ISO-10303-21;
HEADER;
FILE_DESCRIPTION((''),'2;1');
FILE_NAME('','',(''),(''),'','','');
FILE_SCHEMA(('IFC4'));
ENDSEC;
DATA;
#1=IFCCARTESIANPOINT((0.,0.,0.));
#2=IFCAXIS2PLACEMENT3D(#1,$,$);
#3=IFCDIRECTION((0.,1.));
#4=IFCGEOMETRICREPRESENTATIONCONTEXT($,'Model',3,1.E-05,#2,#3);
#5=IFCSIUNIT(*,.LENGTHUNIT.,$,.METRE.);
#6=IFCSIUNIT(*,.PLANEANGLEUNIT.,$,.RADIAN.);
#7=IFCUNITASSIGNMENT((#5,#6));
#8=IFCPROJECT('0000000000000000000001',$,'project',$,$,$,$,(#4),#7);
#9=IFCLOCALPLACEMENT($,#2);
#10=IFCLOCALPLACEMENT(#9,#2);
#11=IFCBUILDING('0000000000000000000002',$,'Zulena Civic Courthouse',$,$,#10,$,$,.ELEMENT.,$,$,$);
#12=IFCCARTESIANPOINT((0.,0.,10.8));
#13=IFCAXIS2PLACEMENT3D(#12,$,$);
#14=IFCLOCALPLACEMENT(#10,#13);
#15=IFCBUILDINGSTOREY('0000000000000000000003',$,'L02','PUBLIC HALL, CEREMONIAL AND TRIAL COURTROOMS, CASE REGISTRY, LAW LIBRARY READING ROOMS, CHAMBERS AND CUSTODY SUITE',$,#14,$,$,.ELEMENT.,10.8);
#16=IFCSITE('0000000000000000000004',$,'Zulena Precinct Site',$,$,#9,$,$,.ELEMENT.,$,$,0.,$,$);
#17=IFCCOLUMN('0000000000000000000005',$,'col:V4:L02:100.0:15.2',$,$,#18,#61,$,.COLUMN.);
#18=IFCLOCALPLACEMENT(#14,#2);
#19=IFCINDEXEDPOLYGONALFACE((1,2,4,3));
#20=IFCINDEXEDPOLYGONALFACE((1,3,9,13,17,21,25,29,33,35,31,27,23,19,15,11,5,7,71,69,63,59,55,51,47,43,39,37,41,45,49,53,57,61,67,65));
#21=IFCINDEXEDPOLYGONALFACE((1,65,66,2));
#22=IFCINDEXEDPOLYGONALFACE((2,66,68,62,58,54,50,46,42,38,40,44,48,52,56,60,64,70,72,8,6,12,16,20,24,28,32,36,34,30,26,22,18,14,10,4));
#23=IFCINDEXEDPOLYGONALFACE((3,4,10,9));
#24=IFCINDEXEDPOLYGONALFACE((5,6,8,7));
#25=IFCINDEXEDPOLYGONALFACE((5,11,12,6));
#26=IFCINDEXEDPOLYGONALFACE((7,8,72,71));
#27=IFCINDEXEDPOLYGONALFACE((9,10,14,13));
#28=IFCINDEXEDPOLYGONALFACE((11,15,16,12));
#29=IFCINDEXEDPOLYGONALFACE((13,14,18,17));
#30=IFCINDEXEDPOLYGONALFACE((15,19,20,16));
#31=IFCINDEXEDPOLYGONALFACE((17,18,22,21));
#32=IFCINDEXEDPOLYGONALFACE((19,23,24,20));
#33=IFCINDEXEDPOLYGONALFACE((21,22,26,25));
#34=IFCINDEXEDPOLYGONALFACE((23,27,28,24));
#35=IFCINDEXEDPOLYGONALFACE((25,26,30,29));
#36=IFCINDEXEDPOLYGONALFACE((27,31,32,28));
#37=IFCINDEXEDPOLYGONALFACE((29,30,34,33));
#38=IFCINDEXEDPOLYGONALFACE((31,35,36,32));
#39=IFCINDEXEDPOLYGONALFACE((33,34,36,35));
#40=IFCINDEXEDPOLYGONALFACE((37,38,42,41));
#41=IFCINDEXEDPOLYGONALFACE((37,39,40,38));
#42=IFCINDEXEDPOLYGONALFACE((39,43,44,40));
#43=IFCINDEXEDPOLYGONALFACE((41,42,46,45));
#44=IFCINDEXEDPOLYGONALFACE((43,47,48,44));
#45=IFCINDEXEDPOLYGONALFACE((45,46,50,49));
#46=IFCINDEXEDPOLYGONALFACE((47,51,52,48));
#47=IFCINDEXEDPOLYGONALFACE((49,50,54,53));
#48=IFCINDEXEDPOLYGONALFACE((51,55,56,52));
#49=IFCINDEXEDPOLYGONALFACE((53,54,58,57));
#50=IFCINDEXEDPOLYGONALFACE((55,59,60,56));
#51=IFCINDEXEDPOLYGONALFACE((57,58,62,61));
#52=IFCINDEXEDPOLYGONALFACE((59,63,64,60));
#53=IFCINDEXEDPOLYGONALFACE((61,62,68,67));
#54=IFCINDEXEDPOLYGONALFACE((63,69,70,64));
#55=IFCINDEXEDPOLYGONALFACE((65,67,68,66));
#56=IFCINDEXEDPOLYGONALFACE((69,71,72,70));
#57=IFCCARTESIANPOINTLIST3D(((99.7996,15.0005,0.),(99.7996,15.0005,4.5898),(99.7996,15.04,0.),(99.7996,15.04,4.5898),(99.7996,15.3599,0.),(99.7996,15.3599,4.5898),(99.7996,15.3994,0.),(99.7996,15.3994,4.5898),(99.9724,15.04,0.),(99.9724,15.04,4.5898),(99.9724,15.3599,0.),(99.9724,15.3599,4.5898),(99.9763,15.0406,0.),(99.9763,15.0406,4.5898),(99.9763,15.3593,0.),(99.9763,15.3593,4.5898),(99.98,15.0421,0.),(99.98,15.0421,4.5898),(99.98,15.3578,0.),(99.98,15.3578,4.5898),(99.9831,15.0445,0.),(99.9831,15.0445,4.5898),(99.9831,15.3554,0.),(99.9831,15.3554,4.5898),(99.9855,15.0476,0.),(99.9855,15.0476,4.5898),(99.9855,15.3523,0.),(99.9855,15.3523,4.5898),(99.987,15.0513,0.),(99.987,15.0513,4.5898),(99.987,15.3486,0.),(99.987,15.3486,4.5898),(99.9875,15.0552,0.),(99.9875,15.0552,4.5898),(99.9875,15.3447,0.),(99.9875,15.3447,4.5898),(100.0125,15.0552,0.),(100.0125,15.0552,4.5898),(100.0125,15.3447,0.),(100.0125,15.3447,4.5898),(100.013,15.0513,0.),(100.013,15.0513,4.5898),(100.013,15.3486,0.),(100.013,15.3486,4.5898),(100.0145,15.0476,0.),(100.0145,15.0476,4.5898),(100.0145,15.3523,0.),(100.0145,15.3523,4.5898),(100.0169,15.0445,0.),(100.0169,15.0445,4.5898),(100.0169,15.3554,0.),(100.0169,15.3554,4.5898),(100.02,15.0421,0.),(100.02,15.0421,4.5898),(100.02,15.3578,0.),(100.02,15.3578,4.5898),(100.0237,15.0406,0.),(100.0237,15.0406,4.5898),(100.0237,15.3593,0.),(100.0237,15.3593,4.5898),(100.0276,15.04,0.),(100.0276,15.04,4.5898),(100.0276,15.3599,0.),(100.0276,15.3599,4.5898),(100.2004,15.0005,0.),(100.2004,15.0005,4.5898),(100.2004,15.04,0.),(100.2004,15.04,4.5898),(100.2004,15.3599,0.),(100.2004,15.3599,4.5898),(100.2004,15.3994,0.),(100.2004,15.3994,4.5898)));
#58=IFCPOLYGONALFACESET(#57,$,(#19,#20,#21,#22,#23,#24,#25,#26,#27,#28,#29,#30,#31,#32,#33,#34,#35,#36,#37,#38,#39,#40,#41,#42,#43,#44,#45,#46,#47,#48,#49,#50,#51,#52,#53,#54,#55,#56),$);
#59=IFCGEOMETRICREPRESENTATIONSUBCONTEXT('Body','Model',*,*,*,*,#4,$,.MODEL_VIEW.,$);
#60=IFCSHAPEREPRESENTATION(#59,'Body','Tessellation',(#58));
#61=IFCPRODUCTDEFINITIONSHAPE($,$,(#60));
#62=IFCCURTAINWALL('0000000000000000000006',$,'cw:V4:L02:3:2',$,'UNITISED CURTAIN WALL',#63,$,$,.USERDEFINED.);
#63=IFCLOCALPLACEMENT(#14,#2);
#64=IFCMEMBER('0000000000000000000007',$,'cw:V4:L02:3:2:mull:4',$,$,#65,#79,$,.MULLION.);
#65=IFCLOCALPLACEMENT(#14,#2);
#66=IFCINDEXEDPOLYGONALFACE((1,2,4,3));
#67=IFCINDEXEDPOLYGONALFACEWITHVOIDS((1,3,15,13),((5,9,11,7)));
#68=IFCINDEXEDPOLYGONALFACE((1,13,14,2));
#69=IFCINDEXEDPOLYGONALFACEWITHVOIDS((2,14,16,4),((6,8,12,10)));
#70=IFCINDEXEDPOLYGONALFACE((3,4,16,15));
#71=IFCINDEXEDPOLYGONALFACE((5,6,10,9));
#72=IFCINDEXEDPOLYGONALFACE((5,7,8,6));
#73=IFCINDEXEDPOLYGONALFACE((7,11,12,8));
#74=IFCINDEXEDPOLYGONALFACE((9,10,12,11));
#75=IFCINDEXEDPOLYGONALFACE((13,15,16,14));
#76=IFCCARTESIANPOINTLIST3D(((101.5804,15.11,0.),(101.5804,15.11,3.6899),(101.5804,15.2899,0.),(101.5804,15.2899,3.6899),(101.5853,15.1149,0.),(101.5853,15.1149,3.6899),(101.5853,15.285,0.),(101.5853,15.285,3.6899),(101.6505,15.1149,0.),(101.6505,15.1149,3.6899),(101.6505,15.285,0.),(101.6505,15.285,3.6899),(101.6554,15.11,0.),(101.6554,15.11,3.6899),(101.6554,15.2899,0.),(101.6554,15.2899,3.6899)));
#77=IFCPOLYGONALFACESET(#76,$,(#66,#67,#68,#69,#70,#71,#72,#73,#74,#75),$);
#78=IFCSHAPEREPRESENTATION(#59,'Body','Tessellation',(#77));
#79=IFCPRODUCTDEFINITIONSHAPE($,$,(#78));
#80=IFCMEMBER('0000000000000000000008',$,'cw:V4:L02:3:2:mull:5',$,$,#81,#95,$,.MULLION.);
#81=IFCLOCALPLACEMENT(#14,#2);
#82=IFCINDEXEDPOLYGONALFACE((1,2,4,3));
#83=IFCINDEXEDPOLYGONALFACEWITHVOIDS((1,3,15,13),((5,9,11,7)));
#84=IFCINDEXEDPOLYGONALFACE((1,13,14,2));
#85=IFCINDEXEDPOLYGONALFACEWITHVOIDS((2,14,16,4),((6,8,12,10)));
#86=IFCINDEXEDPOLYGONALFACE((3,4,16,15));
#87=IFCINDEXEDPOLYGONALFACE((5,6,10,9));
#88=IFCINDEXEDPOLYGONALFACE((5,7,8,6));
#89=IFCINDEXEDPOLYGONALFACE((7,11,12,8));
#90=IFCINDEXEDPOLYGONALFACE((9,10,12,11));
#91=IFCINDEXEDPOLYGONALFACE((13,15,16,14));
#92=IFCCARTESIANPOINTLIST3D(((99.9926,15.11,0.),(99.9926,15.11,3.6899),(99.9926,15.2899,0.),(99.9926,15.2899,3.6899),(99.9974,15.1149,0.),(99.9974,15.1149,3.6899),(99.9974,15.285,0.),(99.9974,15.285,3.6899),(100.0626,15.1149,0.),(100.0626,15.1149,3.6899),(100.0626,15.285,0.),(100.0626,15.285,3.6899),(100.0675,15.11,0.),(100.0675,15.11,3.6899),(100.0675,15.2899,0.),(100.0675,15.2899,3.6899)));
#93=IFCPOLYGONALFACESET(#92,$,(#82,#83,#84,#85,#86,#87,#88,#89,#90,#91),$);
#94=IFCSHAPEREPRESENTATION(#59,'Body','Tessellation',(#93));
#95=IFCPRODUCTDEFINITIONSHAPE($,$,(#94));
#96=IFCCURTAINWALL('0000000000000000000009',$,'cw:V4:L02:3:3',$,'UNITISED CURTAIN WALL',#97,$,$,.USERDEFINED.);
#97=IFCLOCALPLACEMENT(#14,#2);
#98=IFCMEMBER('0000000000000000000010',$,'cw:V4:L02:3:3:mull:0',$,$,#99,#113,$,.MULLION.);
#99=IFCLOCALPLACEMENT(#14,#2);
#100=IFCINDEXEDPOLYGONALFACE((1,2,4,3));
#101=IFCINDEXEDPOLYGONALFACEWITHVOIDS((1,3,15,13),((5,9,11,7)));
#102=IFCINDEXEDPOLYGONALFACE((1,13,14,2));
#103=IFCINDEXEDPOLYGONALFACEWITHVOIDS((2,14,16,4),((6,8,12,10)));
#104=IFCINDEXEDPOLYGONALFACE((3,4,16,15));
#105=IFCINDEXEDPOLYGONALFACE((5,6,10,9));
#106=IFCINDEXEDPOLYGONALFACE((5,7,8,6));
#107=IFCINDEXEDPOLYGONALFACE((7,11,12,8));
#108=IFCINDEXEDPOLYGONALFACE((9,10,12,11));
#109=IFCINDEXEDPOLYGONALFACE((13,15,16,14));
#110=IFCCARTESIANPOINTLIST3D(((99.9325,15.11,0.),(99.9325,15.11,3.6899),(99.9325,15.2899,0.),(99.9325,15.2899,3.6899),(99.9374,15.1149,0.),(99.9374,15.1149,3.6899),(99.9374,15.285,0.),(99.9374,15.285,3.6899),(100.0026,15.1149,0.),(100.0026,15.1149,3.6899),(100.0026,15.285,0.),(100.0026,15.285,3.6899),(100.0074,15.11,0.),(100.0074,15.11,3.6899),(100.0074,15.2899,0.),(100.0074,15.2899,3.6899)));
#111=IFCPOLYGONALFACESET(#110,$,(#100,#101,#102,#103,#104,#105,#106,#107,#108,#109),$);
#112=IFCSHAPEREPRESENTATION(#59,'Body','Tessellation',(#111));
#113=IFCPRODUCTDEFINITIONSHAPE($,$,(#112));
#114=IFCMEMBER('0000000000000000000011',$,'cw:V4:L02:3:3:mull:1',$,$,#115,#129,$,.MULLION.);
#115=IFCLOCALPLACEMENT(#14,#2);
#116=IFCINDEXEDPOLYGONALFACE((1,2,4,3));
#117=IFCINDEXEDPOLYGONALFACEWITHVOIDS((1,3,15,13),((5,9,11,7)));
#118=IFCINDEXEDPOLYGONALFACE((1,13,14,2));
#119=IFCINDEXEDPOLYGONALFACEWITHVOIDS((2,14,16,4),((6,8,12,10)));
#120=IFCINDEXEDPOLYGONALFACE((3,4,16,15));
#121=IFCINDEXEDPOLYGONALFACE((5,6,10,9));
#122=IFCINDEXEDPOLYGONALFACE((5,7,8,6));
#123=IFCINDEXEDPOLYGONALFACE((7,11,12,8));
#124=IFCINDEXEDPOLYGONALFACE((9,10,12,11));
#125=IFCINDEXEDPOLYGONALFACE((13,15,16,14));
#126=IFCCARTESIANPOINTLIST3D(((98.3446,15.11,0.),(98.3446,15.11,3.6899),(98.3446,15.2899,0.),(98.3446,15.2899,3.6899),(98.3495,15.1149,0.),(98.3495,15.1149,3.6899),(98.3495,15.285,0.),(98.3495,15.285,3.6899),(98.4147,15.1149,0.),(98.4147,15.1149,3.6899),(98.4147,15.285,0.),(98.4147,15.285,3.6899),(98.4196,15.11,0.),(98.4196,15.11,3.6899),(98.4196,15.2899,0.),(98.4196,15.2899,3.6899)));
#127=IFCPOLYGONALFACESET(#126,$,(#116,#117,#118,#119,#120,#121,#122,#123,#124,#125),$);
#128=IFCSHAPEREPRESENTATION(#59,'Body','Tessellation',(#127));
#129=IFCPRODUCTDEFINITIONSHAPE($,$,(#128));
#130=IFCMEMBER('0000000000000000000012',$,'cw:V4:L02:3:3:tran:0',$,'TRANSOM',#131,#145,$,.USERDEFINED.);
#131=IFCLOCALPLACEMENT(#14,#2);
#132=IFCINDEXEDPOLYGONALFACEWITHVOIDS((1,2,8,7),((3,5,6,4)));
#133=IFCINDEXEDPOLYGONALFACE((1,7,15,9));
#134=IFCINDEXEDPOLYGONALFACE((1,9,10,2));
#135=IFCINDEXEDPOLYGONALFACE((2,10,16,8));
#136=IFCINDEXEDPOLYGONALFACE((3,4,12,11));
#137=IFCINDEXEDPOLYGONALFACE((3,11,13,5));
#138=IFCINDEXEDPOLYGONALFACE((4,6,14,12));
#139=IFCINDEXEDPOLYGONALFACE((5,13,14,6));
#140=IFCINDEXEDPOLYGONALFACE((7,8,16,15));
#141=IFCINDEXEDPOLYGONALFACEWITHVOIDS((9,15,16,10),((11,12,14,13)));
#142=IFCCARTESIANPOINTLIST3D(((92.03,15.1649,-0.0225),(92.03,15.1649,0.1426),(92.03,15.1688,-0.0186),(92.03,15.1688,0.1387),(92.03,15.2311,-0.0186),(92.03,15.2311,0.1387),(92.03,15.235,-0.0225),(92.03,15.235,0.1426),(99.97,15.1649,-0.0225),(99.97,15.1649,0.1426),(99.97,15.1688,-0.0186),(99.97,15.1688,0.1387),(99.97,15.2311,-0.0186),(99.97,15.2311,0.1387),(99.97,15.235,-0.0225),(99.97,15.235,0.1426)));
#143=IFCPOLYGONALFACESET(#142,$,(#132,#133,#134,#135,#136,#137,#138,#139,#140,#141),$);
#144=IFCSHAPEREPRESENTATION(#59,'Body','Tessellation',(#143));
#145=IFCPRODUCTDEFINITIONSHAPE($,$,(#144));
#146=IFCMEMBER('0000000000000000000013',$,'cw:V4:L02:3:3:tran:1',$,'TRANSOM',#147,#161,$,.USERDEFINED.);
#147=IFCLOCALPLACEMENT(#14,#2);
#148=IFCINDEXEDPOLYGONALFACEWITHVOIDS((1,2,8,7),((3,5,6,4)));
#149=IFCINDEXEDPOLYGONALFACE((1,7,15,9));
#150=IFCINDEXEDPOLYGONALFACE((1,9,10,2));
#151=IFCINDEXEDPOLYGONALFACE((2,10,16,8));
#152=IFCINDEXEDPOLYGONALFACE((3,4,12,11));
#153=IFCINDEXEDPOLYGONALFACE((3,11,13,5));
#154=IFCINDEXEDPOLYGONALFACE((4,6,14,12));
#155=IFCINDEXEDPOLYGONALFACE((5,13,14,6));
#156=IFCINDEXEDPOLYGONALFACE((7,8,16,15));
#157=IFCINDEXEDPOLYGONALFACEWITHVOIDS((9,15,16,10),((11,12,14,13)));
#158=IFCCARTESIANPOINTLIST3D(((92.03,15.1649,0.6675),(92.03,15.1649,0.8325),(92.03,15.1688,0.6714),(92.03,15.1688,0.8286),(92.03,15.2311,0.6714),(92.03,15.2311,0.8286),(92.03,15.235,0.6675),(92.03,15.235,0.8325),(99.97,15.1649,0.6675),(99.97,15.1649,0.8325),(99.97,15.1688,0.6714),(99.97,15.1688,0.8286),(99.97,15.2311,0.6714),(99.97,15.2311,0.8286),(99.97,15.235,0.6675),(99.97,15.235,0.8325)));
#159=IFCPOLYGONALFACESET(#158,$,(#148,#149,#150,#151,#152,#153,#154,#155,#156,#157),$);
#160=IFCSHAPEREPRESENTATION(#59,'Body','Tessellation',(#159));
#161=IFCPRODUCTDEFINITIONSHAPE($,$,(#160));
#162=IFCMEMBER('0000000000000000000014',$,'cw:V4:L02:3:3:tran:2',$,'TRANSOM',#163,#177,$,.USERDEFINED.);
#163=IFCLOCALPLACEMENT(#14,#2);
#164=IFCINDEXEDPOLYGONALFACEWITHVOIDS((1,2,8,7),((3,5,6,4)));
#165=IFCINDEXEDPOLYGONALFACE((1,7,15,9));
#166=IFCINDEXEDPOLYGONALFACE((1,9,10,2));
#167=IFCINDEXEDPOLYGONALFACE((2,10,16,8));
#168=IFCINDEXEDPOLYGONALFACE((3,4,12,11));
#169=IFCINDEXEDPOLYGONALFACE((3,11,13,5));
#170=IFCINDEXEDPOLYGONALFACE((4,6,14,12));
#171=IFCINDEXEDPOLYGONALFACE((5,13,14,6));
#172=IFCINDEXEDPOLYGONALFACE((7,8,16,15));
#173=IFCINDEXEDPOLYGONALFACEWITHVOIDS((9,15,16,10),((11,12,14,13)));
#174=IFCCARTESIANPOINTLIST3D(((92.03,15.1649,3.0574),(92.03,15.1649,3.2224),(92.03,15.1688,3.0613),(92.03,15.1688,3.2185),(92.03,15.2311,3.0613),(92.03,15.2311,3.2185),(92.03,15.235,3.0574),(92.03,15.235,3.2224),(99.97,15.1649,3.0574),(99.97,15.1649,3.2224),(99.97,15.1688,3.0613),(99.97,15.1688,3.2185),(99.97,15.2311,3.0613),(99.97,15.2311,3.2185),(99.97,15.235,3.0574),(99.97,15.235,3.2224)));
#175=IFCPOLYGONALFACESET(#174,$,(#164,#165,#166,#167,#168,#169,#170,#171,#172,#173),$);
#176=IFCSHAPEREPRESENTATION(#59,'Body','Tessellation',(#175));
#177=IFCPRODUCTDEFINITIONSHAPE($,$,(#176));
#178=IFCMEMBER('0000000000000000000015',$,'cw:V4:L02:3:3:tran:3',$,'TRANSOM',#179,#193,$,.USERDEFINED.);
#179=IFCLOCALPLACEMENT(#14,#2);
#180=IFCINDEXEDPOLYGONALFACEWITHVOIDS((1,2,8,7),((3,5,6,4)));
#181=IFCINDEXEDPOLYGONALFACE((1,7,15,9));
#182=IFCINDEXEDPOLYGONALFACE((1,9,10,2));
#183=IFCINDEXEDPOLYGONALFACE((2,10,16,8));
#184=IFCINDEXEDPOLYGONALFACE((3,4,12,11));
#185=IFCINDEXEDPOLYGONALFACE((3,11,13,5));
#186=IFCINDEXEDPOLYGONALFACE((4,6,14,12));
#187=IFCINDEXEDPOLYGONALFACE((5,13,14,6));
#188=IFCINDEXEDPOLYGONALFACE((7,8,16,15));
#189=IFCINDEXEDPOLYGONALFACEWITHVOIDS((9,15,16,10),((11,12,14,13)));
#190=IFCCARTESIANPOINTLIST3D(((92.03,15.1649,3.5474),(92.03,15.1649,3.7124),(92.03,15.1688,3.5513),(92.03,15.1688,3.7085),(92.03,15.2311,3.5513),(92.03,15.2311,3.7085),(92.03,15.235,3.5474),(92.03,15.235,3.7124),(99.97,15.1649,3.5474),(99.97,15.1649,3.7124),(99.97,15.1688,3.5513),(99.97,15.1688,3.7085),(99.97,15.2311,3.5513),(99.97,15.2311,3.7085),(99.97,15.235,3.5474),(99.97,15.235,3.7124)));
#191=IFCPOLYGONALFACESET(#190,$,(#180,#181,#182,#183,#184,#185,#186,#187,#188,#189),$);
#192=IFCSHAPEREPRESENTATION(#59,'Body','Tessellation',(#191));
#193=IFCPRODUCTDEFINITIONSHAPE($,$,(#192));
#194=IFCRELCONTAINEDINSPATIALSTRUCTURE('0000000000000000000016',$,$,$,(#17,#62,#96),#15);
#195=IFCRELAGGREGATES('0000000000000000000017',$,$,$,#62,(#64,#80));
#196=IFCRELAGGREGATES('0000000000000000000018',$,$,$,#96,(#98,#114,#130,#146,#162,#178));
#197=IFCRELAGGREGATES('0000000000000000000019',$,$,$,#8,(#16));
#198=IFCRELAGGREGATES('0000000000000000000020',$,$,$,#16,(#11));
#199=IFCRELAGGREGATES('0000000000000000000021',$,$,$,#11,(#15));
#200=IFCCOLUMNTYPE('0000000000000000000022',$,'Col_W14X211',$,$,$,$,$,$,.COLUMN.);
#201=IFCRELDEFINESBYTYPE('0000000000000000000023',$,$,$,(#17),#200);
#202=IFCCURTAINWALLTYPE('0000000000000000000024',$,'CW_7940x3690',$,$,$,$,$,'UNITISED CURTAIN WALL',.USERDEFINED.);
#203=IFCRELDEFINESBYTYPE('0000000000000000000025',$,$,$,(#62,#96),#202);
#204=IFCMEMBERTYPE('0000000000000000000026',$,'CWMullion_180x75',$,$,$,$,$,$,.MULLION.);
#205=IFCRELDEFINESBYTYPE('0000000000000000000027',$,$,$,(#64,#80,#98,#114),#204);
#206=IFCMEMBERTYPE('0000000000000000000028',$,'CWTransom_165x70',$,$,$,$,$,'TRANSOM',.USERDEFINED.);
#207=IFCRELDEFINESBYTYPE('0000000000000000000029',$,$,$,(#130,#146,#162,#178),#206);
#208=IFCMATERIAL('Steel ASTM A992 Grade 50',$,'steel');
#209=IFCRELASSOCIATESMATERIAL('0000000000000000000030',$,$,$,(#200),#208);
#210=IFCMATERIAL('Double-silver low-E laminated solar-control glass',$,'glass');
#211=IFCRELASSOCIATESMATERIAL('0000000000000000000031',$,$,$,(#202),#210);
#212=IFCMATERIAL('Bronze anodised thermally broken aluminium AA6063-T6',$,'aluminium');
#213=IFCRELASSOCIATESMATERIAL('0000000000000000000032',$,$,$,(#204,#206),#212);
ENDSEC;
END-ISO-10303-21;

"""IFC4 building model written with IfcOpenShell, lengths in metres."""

from ifc_helpers import new_model, si_unit, direction, frame, origin, origin_2d, place, context, subcontext, project, spatial, hollow_rectangle, i_section, extrude, material, material_profile, profile_set, type_object, element, aggregate, save


model = new_model("IFC4")

# Units and contexts
model_context = context("Model", 3, precision=1e-05, world=origin(), true_north=direction((0.0, 1.0)))
body_context = subcontext(model_context, "Body", "Model", "MODEL_VIEW")
ifc_project = project(units=[si_unit("LENGTHUNIT", "METRE"), si_unit("PLANEANGLEUNIT", "RADIAN")], contexts=[model_context])

# Site, building, storey
site_placement = place(None, origin())
site = spatial("IfcSite", under=ifc_project, at=site_placement, Name="Zulena Precinct Site", CompositionType="ELEMENT", RefElevation=0.0)
building_placement = place(site_placement, origin())
building = spatial("IfcBuilding", under=site, at=building_placement, Name="Zulena Civic Courthouse", CompositionType="ELEMENT")
storey_placement = place(building_placement, frame((0.0, 0.0, 10.8)))
storey = spatial("IfcBuildingStorey", under=building, at=storey_placement, Name="L02", Description="PUBLIC HALL, CEREMONIAL AND TRIAL COURTROOMS, CASE REGISTRY, LAW LIBRARY READING ROOMS, CHAMBERS AND CUSTODY SUITE", CompositionType="ELEMENT", Elevation=10.8)

# Column
ifc_material_1 = material(Name="Steel ASTM A992 Grade 50", Category="steel")
ifc_material_profile_1 = material_profile(ifc_material_1, i_section(OverallWidth=0.4009, OverallDepth=0.3989, WebThickness=0.0249, FlangeThickness=0.0396, FilletRadius=0.0151, at=origin_2d()), Name="W14X211")
ifc_profile_set_1 = profile_set([ifc_material_profile_1], Name="Steel ASTM A992 Grade 50")
column_type = type_object("IfcColumnType", Name="Col_W14X211", PredefinedType="COLUMN", material=ifc_profile_set_1)
column_placement = place(storey_placement, frame((100.0, 15.2, 0.0), z_axis=(0.0, 0.0, 1.0), x_axis=(1.0, 0.0, 0.0)))
element("IfcColumn", 1, at=column_placement, inside=storey, type_object=column_type, Name="col:V4:L02:100.0:15.2", PredefinedType="COLUMN", context=body_context, shape_type="SweptSolid", body=[
    extrude(i_section(OverallWidth=0.4009, OverallDepth=0.3989, WebThickness=0.0249, FlangeThickness=0.0396, FilletRadius=0.0151, at=origin_2d()), origin(), (0.0, 0.0, 1.0), 4.5898),
])

# Curtain walls, members
ifc_material_2 = material(Name="Double-silver low-E laminated solar-control glass", Category="glass")
curtain_wall_type = type_object("IfcCurtainWallType", Name="CW_7940x3690", ElementType="UNITISED CURTAIN WALL", PredefinedType="USERDEFINED", material=ifc_material_2)
curtain_wall_1_placement = place(storey_placement, origin())
curtain_wall_1 = element("IfcCurtainWall", 2, at=curtain_wall_1_placement, inside=storey, type_object=curtain_wall_type, Name="cw:V4:L02:3:2", ObjectType="UNITISED CURTAIN WALL", PredefinedType="USERDEFINED")
ifc_material_3 = material(Name="Bronze anodised thermally broken aluminium AA6063-T6", Category="aluminium")
ifc_material_profile_2 = material_profile(ifc_material_3, hollow_rectangle(XDim=0.075, YDim=0.1799, WallThickness=0.0049, at=origin_2d()), Name="CWM180X75X5")
ifc_profile_set_2 = profile_set([ifc_material_profile_2], Name="Bronze anodised thermally broken aluminium AA6063-T6")
member_type_1 = type_object("IfcMemberType", Name="CWMullion_180x75", PredefinedType="MULLION", material=ifc_profile_set_2)
member_1_placement = place(storey_placement, frame((101.6179, 15.2, 0.0), z_axis=(0.0, 0.0, 1.0), x_axis=(1.0, 0.0, 0.0)))
member_1 = element("IfcMember", 3, at=member_1_placement, type_object=member_type_1, Name="cw:V4:L02:3:2:mull:4", PredefinedType="MULLION", context=body_context, shape_type="SweptSolid", body=[
    extrude(hollow_rectangle(XDim=0.075, YDim=0.1799, WallThickness=0.0049, at=origin_2d()), origin(), (0.0, 0.0, 1.0), 3.6899),
])
member_2_placement = place(storey_placement, frame((100.03, 15.2, 0.0), z_axis=(0.0, 0.0, 1.0), x_axis=(1.0, 0.0, 0.0)))
member_2 = element("IfcMember", 4, at=member_2_placement, type_object=member_type_1, Name="cw:V4:L02:3:2:mull:5", PredefinedType="MULLION", context=body_context, shape_type="SweptSolid", body=[
    extrude(hollow_rectangle(XDim=0.075, YDim=0.1799, WallThickness=0.0049, at=origin_2d()), origin(), (0.0, 0.0, 1.0), 3.6899),
])
curtain_wall_2_placement = place(storey_placement, origin())
curtain_wall_2 = element("IfcCurtainWall", 5, at=curtain_wall_2_placement, inside=storey, type_object=curtain_wall_type, Name="cw:V4:L02:3:3", ObjectType="UNITISED CURTAIN WALL", PredefinedType="USERDEFINED")
member_3_placement = place(storey_placement, frame((99.97, 15.2, 0.0), z_axis=(0.0, 0.0, 1.0), x_axis=(1.0, 0.0, 0.0)))
member_3 = element("IfcMember", 6, at=member_3_placement, type_object=member_type_1, Name="cw:V4:L02:3:3:mull:0", PredefinedType="MULLION", context=body_context, shape_type="SweptSolid", body=[
    extrude(hollow_rectangle(XDim=0.075, YDim=0.1799, WallThickness=0.0049, at=origin_2d()), origin(), (0.0, 0.0, 1.0), 3.6899),
])
member_4_placement = place(storey_placement, frame((98.3821, 15.2, 0.0), z_axis=(0.0, 0.0, 1.0), x_axis=(1.0, 0.0, 0.0)))
member_4 = element("IfcMember", 7, at=member_4_placement, type_object=member_type_1, Name="cw:V4:L02:3:3:mull:1", PredefinedType="MULLION", context=body_context, shape_type="SweptSolid", body=[
    extrude(hollow_rectangle(XDim=0.075, YDim=0.1799, WallThickness=0.0049, at=origin_2d()), origin(), (0.0, 0.0, 1.0), 3.6899),
])
ifc_material_profile_3 = material_profile(ifc_material_3, hollow_rectangle(XDim=0.0701, YDim=0.165, WallThickness=0.0039, at=origin_2d()), Name="CWT165X70X4")
ifc_profile_set_3 = profile_set([ifc_material_profile_3], Name="Bronze anodised thermally broken aluminium AA6063-T6")
member_type_2 = type_object("IfcMemberType", Name="CWTransom_165x70", ElementType="TRANSOM", PredefinedType="USERDEFINED", material=ifc_profile_set_3)
member_5_placement = place(storey_placement, frame((99.97, 15.2, 0.0601), z_axis=(-1.0, 0.0, 0.0), x_axis=(0.0, -1.0, 0.0)))
member_5 = element("IfcMember", 8, at=member_5_placement, type_object=member_type_2, Name="cw:V4:L02:3:3:tran:0", ObjectType="TRANSOM", PredefinedType="USERDEFINED", context=body_context, shape_type="SweptSolid", body=[
    extrude(hollow_rectangle(XDim=0.0701, YDim=0.165, WallThickness=0.0039, at=origin_2d()), origin(), (0.0, 0.0, 1.0), 7.9399),
])
member_6_placement = place(storey_placement, frame((99.97, 15.2, 0.75), z_axis=(-1.0, 0.0, 0.0), x_axis=(0.0, -1.0, 0.0)))
member_6 = element("IfcMember", 9, at=member_6_placement, type_object=member_type_2, Name="cw:V4:L02:3:3:tran:1", ObjectType="TRANSOM", PredefinedType="USERDEFINED", context=body_context, shape_type="SweptSolid", body=[
    extrude(hollow_rectangle(XDim=0.0701, YDim=0.165, WallThickness=0.0039, at=origin_2d()), origin(), (0.0, 0.0, 1.0), 7.9399),
])
member_7_placement = place(storey_placement, frame((99.97, 15.2, 3.1399), z_axis=(-1.0, 0.0, 0.0), x_axis=(0.0, -1.0, 0.0)))
member_7 = element("IfcMember", 10, at=member_7_placement, type_object=member_type_2, Name="cw:V4:L02:3:3:tran:2", ObjectType="TRANSOM", PredefinedType="USERDEFINED", context=body_context, shape_type="SweptSolid", body=[
    extrude(hollow_rectangle(XDim=0.0701, YDim=0.165, WallThickness=0.0039, at=origin_2d()), origin(), (0.0, 0.0, 1.0), 7.9399),
])
member_8_placement = place(storey_placement, frame((99.97, 15.2, 3.6299), z_axis=(-1.0, 0.0, 0.0), x_axis=(0.0, -1.0, 0.0)))
member_8 = element("IfcMember", 11, at=member_8_placement, type_object=member_type_2, Name="cw:V4:L02:3:3:tran:3", ObjectType="TRANSOM", PredefinedType="USERDEFINED", context=body_context, shape_type="SweptSolid", body=[
    extrude(hollow_rectangle(XDim=0.0701, YDim=0.165, WallThickness=0.0039, at=origin_2d()), origin(), (0.0, 0.0, 1.0), 7.9399),
])

aggregate(curtain_wall_1, [member_1, member_2])
aggregate(curtain_wall_2, [member_3, member_4, member_5, member_6, member_7, member_8])

save(model, "model.ifc")
